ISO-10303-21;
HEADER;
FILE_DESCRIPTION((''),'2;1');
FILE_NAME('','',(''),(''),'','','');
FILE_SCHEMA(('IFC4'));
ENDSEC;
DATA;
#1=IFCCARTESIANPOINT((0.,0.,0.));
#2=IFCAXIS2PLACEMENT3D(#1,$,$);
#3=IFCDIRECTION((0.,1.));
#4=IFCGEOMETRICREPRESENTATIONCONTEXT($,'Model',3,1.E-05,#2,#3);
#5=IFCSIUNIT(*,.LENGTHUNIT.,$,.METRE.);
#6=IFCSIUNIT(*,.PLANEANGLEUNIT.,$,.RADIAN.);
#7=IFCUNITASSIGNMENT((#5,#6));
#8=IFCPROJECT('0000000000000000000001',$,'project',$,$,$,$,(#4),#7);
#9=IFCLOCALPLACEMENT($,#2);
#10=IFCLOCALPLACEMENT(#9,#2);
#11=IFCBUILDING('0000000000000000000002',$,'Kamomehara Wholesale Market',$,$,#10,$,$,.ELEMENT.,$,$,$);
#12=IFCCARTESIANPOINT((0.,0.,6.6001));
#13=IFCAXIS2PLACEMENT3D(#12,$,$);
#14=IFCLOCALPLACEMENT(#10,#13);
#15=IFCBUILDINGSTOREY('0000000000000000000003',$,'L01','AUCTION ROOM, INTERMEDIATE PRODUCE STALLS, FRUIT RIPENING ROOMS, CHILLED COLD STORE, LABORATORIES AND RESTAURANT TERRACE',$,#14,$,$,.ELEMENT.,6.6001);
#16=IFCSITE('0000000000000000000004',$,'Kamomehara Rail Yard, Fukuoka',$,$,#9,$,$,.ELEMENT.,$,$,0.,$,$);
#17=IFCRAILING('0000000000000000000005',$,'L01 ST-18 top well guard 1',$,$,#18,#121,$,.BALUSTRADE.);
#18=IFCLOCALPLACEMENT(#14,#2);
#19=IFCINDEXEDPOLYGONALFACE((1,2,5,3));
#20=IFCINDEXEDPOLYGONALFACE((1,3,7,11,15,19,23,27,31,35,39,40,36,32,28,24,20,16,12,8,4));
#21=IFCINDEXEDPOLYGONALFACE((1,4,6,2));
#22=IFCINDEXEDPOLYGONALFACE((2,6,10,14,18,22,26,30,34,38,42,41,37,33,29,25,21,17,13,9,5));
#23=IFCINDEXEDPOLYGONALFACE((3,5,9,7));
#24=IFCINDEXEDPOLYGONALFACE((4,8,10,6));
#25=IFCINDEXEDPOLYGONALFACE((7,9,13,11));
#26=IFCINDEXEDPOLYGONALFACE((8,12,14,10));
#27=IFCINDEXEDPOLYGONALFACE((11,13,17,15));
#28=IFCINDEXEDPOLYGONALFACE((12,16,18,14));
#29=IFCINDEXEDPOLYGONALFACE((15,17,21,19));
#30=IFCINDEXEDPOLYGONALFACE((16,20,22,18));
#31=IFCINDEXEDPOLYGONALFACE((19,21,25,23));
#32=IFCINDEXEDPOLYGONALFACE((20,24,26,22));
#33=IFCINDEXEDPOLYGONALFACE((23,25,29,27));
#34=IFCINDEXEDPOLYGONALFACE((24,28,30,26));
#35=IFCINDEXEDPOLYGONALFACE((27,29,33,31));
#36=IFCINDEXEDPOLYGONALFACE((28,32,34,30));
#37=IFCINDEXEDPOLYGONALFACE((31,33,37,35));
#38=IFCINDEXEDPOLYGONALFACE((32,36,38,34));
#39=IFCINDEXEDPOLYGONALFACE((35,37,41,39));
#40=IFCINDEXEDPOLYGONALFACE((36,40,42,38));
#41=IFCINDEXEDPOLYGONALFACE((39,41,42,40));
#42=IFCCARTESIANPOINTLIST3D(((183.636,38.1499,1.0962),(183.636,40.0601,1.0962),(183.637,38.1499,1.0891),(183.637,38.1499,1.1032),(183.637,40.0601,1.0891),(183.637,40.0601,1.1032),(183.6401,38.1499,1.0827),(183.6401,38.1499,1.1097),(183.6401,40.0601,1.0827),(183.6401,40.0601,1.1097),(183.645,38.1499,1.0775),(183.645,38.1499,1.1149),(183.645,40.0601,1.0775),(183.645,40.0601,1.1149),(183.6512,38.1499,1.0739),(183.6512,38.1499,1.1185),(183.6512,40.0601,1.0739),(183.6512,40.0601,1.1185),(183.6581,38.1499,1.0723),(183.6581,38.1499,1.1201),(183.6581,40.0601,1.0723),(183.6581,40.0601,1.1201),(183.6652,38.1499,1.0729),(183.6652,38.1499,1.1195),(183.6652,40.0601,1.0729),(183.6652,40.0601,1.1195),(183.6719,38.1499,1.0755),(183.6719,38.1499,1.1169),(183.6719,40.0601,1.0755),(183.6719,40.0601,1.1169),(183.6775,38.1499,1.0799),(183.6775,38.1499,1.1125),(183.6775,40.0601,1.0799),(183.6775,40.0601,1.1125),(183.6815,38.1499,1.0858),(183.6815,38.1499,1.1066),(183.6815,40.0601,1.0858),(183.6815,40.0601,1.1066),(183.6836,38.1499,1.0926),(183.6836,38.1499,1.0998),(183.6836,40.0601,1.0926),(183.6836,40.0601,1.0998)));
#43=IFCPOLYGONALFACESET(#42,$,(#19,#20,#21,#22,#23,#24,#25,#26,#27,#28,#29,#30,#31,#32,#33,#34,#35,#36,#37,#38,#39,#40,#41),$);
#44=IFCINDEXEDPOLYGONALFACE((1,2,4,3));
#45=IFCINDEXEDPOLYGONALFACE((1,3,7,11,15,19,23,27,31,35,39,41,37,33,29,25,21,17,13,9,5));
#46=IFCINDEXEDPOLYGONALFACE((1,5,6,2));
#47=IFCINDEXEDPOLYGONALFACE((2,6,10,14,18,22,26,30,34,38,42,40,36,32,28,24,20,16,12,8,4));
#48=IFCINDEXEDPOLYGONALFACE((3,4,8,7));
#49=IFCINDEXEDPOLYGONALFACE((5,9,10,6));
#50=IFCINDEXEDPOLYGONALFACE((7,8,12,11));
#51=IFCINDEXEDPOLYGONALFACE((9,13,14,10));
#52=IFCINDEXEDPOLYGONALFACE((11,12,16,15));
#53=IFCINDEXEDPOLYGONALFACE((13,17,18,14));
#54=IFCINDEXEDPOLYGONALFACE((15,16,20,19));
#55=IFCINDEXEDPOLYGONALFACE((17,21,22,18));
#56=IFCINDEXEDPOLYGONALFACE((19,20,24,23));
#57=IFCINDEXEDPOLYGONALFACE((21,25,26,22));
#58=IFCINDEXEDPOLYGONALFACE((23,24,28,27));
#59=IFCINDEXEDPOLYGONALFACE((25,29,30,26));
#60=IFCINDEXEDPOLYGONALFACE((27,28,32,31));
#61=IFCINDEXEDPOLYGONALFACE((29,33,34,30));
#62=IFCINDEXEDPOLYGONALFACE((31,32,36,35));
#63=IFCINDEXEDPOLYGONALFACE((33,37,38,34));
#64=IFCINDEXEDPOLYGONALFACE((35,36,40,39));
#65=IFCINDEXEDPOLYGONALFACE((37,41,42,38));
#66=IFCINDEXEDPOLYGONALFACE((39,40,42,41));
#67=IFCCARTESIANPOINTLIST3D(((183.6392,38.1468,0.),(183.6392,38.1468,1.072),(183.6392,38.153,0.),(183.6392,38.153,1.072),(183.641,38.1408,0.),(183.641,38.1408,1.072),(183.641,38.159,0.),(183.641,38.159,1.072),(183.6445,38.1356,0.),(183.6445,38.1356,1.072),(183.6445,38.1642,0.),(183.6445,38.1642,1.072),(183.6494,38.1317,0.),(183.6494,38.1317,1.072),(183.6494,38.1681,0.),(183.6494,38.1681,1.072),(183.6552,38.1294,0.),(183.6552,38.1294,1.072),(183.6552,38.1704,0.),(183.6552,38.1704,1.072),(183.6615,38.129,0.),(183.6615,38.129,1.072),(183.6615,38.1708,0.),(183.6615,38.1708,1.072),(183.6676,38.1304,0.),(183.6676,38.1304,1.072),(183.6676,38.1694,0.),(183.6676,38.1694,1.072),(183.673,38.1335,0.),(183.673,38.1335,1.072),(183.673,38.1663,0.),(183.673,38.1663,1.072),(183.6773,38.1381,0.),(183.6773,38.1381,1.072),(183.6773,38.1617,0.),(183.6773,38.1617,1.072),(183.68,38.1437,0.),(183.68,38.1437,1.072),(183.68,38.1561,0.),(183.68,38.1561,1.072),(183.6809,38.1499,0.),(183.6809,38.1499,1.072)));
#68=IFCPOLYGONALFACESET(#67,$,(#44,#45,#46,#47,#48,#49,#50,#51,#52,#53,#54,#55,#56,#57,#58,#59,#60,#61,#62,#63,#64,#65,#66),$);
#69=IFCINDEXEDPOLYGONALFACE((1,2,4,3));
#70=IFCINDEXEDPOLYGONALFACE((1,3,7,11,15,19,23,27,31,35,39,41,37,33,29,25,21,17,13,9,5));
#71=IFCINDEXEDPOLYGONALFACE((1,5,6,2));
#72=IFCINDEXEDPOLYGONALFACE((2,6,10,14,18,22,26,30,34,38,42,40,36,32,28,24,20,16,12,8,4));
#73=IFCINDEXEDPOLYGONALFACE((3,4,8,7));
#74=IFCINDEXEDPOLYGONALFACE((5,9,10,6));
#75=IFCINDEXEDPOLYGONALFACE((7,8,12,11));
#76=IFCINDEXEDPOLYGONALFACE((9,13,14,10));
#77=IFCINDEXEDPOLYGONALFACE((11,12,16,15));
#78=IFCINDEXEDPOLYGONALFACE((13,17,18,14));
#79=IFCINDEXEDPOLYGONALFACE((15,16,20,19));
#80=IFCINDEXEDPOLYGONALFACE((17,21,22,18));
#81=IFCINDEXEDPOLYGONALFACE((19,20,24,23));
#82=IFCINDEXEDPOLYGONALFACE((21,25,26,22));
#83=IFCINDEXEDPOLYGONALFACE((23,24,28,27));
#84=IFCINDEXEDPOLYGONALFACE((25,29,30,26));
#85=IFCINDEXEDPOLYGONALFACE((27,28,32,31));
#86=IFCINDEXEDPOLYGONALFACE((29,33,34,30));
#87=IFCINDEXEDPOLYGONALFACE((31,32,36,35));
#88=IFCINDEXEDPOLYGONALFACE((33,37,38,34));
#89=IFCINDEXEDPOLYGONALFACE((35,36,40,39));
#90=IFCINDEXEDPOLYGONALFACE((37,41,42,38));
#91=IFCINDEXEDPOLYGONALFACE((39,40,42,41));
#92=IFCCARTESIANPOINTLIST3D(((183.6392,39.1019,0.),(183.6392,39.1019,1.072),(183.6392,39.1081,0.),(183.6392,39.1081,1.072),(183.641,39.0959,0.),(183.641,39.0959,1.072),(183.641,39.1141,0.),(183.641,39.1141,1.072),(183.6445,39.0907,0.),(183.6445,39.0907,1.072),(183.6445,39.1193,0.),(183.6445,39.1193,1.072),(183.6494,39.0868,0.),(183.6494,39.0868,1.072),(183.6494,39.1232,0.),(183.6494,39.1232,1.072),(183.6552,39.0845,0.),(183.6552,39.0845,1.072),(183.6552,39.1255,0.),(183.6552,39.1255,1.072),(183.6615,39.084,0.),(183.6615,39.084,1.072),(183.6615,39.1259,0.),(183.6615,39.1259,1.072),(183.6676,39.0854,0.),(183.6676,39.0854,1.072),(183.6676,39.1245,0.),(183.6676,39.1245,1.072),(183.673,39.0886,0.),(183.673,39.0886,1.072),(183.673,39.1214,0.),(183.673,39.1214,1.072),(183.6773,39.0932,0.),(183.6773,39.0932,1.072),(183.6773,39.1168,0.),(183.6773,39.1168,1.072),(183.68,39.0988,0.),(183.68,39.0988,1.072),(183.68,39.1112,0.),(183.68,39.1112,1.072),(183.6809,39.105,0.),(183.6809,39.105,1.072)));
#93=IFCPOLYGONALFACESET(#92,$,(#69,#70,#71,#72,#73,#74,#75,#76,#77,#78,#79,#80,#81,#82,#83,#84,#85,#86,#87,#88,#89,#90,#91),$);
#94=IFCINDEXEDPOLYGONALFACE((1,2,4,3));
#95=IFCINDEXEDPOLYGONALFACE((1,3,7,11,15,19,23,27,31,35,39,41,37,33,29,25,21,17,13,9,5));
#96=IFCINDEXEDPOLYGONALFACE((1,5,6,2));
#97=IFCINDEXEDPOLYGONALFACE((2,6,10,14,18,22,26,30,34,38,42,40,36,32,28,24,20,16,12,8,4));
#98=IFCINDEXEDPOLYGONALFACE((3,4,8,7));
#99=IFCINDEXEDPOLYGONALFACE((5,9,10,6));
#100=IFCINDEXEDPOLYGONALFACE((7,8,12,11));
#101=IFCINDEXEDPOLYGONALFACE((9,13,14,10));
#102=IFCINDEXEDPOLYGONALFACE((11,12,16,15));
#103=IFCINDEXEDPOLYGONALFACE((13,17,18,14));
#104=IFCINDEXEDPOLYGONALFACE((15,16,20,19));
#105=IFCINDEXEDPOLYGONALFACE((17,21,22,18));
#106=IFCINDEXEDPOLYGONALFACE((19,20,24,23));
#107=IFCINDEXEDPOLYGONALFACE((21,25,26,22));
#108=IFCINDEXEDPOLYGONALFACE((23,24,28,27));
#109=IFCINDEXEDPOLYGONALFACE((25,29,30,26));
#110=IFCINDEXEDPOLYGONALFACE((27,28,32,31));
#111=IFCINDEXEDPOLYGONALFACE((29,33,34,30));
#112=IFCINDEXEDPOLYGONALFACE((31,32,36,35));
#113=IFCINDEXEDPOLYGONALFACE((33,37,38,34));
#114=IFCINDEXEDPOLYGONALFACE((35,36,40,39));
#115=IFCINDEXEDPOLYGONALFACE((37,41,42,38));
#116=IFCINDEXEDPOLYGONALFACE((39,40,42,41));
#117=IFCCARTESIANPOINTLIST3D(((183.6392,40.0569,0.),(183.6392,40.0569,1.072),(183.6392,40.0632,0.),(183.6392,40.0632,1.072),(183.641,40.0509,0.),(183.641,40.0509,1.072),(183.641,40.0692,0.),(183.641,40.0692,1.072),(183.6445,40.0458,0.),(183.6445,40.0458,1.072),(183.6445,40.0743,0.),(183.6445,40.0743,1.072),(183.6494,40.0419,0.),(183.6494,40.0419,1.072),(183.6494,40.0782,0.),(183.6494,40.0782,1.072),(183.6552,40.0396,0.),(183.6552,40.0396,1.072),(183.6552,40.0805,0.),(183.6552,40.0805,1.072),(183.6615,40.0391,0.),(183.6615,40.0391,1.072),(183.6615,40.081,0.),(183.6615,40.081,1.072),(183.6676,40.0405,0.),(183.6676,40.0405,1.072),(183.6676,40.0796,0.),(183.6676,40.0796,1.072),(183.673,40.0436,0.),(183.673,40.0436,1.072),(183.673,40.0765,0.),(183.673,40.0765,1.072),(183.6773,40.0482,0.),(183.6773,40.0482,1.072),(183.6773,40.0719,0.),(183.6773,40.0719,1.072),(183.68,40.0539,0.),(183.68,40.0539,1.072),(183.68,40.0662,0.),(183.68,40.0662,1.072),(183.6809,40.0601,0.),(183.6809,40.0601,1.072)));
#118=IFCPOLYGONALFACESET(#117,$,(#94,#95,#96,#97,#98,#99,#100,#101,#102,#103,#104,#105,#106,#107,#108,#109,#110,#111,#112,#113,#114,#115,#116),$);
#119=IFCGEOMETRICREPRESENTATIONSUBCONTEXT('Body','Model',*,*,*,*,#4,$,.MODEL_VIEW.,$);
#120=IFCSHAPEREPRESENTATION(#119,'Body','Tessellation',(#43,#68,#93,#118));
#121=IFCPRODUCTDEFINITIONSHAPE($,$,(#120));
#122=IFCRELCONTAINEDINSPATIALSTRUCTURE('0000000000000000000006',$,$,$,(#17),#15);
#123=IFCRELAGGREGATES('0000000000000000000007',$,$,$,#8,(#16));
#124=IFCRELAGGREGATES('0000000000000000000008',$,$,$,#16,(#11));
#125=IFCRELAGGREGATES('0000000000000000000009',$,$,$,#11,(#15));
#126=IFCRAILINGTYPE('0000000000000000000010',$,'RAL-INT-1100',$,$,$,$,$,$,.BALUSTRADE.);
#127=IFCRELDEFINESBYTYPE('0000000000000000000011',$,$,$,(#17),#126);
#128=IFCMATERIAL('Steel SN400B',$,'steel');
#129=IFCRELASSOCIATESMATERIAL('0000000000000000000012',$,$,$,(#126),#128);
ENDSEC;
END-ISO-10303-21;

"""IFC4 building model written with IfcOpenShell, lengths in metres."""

from ifc_helpers import new_model, si_unit, direction, frame, origin, origin_2d, place, context, subcontext, project, spatial, circle, extrude, material, type_object, element, save


model = new_model("IFC4")

# Units and contexts
model_context = context("Model", 3, precision=1e-05, world=origin(), true_north=direction((0.0, 1.0)))
body_context = subcontext(model_context, "Body", "Model", "MODEL_VIEW")
ifc_project = project(units=[si_unit("LENGTHUNIT", "METRE"), si_unit("PLANEANGLEUNIT", "RADIAN")], contexts=[model_context])

# Site, building, storey
site_placement = place(None, origin())
site = spatial("IfcSite", under=ifc_project, at=site_placement, Name="Kamomehara Rail Yard, Fukuoka", CompositionType="ELEMENT", RefElevation=0.0)
building_placement = place(site_placement, origin())
building = spatial("IfcBuilding", under=site, at=building_placement, Name="Kamomehara Wholesale Market", CompositionType="ELEMENT")
storey_placement = place(building_placement, frame((0.0, 0.0, 6.6001)))
storey = spatial("IfcBuildingStorey", under=building, at=storey_placement, Name="L01", Description="AUCTION ROOM, INTERMEDIATE PRODUCE STALLS, FRUIT RIPENING ROOMS, CHILLED COLD STORE, LABORATORIES AND RESTAURANT TERRACE", CompositionType="ELEMENT", Elevation=6.6001)

# Railing
ifc_material_1 = material(Name="Steel SN400B", Category="steel")
railing_type = type_object("IfcRailingType", Name="RAL-INT-1100", PredefinedType="BALUSTRADE", material=ifc_material_1)
railing_1_placement = place(storey_placement, frame((183.6599, 38.1499, 0.0)))
element("IfcRailing", 1, at=railing_1_placement, inside=storey, type_object=railing_type, Name="L01 ST-18 top well guard 1", PredefinedType="BALUSTRADE", context=body_context, shape_type="SweptSolid", body=[
    extrude(circle(Radius=0.0239, at=origin_2d()), frame((0.0, 0.0, 1.0962), z_axis=(0.0, 1.0, 0.0), x_axis=(-1.0, 0.0, 0.0)), (0.0, 0.0, 1.0), 1.9102),
    extrude(circle(Radius=0.021, at=origin_2d()), origin(), (0.0, 0.0, 1.0), 1.072),
    extrude(circle(Radius=0.021, at=origin_2d()), frame((0.0, 0.9551, 0.0)), (0.0, 0.0, 1.0), 1.072),
    extrude(circle(Radius=0.021, at=origin_2d()), frame((0.0, 1.9102, 0.0)), (0.0, 0.0, 1.0), 1.072),
])

save(model, "model.ifc")
